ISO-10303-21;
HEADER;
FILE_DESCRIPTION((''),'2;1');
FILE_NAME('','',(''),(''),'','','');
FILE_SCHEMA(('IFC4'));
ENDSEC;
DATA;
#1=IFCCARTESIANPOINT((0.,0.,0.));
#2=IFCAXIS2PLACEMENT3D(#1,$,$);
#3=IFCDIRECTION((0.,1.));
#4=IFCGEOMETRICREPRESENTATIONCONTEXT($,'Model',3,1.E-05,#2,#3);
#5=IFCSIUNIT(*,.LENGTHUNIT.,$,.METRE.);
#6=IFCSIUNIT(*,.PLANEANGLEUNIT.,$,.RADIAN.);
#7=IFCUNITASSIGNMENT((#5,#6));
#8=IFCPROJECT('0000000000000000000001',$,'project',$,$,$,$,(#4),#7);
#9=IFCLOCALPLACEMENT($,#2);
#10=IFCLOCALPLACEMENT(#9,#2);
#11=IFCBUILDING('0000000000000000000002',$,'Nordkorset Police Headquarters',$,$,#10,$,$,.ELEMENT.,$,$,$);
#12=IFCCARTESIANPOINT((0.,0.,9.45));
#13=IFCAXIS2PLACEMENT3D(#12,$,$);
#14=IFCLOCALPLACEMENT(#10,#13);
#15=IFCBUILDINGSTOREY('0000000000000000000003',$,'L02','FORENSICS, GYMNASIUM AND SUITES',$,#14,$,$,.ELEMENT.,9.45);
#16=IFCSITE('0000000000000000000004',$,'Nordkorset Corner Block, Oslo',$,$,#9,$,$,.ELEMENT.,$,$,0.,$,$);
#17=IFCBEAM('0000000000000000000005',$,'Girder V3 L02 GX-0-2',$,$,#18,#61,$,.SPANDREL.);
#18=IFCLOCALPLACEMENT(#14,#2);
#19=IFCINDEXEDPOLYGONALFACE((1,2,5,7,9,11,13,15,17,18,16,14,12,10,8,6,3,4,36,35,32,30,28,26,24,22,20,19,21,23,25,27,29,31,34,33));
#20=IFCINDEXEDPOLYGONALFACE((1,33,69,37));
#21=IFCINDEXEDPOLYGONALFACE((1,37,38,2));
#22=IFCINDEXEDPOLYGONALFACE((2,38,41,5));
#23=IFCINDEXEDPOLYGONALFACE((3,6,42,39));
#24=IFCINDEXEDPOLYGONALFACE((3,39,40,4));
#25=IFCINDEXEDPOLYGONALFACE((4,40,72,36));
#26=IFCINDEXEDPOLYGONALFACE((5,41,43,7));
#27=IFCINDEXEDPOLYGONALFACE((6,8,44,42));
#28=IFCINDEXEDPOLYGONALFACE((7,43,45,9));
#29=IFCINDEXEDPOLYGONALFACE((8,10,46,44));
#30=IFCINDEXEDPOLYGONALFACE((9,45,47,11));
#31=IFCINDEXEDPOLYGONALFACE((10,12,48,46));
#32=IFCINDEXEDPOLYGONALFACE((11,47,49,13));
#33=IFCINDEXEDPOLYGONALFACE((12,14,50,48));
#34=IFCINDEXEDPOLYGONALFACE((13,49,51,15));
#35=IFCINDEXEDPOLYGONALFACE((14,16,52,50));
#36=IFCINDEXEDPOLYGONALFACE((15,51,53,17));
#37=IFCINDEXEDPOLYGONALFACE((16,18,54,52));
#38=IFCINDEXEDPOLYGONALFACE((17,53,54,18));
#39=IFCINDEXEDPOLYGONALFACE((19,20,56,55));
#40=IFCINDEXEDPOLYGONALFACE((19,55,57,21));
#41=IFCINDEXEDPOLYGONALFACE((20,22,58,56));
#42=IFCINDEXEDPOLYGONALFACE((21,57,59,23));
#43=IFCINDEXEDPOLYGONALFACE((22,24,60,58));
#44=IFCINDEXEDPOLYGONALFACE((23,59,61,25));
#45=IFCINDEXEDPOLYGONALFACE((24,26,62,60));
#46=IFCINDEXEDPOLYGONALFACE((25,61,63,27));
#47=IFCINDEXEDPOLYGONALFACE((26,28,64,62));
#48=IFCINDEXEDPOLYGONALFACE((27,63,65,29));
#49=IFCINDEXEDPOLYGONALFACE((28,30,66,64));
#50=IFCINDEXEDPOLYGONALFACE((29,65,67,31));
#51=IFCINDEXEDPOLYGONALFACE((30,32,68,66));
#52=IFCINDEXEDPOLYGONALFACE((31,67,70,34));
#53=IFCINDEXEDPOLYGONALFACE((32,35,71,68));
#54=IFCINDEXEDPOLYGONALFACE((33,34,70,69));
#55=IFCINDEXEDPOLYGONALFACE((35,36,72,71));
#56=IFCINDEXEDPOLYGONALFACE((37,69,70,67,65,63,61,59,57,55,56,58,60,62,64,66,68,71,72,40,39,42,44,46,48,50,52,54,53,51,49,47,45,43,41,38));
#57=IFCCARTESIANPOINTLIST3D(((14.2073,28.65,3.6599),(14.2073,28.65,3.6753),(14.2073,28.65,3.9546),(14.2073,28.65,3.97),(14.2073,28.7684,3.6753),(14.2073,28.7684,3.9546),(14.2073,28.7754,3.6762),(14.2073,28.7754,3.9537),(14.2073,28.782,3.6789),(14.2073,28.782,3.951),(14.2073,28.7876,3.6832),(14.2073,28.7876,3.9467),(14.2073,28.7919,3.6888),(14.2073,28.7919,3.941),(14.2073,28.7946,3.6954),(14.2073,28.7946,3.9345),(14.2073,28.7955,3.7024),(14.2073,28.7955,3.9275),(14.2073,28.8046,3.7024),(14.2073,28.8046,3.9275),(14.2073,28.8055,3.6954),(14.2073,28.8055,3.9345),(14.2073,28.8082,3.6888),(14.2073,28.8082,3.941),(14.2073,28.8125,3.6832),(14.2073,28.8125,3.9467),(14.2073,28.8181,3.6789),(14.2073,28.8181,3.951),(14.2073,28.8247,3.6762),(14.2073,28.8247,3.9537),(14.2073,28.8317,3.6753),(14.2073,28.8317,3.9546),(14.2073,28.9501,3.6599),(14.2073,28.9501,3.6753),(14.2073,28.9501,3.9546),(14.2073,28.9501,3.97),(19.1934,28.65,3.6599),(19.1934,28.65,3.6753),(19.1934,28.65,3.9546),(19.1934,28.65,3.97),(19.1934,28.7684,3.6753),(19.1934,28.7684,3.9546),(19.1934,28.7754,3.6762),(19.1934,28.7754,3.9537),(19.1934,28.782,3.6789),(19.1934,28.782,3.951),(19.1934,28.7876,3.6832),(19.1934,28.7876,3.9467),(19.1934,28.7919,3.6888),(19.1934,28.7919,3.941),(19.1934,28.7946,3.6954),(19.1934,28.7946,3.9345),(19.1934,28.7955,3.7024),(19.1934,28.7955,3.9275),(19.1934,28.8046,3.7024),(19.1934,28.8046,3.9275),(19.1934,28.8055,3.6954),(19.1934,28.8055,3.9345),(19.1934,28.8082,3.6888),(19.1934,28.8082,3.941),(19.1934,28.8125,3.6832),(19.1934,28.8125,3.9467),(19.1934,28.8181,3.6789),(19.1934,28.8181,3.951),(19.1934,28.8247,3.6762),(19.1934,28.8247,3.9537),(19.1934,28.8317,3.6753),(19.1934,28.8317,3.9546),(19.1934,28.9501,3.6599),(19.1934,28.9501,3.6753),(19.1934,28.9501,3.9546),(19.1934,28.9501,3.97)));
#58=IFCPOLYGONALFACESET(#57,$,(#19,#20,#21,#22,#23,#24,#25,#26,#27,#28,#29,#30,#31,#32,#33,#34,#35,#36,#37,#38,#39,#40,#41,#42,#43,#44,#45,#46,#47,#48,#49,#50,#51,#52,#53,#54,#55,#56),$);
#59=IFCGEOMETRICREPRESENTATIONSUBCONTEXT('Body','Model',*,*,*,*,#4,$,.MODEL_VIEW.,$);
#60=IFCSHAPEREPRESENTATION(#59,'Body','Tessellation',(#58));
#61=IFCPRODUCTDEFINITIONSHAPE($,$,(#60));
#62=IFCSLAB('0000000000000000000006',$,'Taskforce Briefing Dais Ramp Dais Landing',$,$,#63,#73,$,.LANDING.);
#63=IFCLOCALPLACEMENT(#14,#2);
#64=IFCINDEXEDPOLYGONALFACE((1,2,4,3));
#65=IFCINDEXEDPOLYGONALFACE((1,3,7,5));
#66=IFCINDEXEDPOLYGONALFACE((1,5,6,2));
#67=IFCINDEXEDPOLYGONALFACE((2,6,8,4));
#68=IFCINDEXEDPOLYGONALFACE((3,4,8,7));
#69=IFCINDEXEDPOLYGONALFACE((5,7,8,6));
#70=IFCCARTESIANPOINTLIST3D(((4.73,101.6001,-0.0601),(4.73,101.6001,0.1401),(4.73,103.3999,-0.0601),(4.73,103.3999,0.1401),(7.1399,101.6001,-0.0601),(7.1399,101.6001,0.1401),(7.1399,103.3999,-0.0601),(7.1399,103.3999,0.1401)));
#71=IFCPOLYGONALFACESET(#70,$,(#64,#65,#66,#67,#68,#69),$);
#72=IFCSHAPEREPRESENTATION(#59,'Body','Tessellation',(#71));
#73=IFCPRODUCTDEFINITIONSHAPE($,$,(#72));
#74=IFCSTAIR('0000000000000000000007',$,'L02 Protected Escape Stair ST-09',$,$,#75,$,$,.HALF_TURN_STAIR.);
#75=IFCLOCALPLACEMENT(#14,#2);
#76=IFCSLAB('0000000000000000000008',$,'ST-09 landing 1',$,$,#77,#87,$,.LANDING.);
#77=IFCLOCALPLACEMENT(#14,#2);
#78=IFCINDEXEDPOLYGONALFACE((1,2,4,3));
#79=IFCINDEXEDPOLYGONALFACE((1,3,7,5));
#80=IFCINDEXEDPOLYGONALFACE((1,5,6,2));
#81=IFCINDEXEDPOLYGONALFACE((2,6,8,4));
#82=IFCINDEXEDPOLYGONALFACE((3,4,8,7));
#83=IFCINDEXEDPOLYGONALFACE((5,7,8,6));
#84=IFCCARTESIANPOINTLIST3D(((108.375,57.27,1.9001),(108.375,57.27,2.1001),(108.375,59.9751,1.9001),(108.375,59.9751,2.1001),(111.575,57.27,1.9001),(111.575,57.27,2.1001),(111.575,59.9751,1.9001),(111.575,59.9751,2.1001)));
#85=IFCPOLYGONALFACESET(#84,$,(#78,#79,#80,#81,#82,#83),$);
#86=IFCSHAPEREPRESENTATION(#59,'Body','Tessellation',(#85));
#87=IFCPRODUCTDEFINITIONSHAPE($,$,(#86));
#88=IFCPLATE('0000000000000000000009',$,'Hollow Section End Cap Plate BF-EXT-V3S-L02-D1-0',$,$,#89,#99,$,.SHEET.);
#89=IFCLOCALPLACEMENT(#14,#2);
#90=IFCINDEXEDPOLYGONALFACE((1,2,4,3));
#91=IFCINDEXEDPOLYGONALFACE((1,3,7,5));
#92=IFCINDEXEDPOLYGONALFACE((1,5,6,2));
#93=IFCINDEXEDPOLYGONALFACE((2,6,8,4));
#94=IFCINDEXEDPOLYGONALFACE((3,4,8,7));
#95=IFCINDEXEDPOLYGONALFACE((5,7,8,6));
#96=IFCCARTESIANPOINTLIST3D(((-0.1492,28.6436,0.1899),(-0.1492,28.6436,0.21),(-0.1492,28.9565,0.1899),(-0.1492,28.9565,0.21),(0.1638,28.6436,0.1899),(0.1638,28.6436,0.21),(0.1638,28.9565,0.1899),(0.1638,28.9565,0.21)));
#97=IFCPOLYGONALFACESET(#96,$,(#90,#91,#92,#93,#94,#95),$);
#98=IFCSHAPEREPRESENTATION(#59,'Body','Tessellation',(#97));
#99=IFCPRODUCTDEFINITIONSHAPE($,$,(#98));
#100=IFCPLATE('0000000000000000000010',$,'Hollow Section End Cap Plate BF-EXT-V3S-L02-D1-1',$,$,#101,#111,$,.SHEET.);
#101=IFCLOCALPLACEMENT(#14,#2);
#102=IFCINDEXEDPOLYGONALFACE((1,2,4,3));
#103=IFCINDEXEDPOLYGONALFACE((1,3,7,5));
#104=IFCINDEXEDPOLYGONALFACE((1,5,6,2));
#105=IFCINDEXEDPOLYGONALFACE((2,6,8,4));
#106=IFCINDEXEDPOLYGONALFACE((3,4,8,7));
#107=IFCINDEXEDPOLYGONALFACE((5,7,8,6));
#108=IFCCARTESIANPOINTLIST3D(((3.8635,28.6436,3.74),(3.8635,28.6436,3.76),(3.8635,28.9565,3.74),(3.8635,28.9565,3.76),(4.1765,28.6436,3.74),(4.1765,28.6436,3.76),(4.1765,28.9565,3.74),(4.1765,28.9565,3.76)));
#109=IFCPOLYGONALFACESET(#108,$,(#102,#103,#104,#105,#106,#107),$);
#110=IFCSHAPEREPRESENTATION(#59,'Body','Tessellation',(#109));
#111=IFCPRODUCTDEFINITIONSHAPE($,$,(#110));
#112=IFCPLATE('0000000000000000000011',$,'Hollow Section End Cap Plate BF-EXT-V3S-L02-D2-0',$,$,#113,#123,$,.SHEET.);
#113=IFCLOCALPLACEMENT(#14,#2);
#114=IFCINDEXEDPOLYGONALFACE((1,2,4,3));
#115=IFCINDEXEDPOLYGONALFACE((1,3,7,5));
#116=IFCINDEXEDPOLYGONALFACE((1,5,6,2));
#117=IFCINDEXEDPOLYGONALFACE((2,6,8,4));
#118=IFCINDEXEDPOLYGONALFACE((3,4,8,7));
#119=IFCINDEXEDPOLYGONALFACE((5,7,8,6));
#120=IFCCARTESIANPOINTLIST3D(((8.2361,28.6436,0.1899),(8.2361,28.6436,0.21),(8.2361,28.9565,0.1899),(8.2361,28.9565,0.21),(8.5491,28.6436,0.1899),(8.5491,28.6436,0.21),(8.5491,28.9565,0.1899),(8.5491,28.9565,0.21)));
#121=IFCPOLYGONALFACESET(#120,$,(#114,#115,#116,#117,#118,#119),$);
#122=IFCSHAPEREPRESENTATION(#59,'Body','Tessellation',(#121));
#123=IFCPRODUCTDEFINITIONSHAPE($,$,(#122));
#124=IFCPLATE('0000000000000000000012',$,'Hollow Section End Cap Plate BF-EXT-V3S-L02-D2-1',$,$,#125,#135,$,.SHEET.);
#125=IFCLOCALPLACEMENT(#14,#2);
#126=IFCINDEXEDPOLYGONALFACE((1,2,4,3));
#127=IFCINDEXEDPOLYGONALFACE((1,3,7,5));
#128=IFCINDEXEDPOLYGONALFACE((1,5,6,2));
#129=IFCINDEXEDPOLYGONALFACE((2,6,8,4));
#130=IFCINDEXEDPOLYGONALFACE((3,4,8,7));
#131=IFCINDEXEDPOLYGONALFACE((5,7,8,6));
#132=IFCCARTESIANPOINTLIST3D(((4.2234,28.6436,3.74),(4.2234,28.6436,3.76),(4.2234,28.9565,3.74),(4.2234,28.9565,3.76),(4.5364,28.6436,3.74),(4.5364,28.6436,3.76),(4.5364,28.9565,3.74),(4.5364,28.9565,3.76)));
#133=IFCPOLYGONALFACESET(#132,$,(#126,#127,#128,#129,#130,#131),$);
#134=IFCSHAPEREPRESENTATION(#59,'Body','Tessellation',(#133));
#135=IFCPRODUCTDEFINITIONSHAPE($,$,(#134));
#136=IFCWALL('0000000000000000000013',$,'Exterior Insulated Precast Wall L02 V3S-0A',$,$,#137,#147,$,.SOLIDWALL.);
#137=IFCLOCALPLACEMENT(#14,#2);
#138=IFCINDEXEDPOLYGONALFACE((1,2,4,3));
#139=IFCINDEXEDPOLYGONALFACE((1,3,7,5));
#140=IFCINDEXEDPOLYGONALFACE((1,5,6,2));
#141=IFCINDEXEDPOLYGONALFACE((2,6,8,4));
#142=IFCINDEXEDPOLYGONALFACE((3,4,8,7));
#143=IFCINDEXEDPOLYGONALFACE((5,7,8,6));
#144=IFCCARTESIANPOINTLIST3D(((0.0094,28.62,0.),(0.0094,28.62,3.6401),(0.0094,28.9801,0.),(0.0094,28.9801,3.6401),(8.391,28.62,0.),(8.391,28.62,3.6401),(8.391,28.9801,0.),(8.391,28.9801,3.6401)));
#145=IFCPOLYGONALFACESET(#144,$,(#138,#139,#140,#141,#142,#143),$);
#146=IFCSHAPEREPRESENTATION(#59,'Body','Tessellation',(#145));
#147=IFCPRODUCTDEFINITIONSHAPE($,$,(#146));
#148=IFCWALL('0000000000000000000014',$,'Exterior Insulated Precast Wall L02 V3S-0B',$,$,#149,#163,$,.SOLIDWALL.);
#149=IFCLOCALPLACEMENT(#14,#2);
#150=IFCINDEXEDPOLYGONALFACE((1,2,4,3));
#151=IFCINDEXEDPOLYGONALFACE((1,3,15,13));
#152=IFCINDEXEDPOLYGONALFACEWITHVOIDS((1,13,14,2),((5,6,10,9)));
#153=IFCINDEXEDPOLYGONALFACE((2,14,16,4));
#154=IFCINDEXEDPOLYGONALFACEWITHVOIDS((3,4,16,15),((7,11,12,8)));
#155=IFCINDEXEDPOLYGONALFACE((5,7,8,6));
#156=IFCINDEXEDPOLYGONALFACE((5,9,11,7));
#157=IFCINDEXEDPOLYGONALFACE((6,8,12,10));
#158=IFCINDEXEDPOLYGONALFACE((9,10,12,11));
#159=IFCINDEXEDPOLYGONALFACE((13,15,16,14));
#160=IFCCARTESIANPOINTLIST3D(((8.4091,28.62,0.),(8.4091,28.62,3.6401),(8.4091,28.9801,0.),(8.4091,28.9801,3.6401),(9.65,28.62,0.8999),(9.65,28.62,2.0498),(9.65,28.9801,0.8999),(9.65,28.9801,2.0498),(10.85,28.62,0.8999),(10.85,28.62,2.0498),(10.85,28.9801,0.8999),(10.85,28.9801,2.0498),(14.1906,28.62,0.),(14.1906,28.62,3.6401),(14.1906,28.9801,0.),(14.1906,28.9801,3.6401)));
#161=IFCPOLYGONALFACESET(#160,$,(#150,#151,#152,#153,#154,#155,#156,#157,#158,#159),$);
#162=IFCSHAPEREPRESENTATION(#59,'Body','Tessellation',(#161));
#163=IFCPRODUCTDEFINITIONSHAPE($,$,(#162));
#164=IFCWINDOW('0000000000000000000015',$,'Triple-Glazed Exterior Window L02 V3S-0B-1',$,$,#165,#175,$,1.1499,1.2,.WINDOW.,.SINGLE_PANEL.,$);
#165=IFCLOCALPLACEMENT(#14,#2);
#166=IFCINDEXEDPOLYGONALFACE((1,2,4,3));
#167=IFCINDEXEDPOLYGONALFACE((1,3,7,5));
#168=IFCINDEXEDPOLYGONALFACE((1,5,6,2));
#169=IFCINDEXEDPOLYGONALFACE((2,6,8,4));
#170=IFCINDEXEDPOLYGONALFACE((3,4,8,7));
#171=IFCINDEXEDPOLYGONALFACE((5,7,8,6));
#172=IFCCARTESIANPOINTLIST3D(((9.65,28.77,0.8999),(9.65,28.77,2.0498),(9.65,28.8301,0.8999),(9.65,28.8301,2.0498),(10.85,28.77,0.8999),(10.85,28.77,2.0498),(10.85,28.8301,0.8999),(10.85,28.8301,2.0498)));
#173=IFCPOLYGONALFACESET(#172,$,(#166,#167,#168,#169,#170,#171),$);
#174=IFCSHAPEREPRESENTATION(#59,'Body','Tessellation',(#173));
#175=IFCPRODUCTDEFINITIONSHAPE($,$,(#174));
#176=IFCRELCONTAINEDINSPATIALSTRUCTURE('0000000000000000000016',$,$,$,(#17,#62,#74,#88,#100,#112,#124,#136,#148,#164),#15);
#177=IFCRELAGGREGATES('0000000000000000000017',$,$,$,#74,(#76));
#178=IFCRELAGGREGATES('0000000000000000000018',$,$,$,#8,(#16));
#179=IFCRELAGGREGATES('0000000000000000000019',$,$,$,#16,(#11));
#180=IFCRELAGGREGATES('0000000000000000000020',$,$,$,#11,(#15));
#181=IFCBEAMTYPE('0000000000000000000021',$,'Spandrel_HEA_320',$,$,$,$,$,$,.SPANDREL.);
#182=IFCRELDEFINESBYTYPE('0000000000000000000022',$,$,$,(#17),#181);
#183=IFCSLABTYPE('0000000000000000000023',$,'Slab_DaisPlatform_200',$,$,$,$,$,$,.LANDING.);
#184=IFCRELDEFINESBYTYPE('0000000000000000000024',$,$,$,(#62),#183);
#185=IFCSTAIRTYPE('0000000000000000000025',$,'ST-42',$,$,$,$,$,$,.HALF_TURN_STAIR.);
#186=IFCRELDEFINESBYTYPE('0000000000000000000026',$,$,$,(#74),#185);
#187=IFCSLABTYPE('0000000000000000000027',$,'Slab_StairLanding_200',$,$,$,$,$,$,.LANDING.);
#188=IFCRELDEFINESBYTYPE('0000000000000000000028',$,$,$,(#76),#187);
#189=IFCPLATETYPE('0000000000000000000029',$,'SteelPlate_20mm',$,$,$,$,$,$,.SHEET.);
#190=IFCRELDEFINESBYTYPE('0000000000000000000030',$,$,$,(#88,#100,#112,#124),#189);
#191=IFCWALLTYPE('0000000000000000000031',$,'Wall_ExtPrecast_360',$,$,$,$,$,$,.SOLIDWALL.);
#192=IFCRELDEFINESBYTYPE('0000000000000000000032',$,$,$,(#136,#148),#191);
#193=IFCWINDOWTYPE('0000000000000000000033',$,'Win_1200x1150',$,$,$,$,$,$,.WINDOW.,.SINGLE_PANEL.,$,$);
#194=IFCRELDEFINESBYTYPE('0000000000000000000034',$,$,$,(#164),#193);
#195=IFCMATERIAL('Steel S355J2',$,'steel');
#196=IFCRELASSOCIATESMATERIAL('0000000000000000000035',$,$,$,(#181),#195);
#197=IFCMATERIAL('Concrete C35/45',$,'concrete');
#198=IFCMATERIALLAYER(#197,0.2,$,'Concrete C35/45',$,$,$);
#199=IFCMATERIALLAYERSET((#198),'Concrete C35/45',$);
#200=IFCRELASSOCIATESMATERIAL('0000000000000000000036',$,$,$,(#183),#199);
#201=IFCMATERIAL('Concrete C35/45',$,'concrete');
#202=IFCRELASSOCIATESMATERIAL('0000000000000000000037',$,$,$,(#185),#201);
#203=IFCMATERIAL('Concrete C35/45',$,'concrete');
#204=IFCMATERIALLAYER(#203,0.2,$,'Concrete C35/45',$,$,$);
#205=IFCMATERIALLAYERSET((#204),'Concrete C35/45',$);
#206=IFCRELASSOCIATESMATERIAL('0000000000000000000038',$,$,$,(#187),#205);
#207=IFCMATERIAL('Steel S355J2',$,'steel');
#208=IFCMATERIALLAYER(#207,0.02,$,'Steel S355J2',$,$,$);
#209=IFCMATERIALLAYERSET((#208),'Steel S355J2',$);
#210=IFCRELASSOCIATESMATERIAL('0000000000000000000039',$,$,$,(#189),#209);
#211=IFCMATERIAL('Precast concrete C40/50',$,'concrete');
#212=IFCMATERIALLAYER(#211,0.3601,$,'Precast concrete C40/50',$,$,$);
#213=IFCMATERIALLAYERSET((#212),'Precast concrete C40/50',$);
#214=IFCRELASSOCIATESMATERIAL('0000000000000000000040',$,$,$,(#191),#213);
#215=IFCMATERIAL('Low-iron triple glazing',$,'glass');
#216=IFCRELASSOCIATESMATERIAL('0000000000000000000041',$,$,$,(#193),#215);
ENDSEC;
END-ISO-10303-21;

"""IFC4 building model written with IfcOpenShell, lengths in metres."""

from ifc_helpers import new_model, si_unit, direction, frame, frame_2d, origin, origin_2d, place, context, subcontext, project, spatial, polyline, rectangle, i_section, outline, extrude, material, layer, layer_set, material_profile, profile_set, type_object, element, fill, aggregate, save


model = new_model("IFC4")

# Units and contexts
model_context = context("Model", 3, precision=1e-05, world=origin(), true_north=direction((0.0, 1.0)))
body_context = subcontext(model_context, "Body", "Model", "MODEL_VIEW")
ifc_project = project(units=[si_unit("LENGTHUNIT", "METRE"), si_unit("PLANEANGLEUNIT", "RADIAN")], contexts=[model_context])

# Site, building, storey
site_placement = place(None, origin())
site = spatial("IfcSite", under=ifc_project, at=site_placement, Name="Nordkorset Corner Block, Oslo", CompositionType="ELEMENT", RefElevation=0.0)
building_placement = place(site_placement, origin())
building = spatial("IfcBuilding", under=site, at=building_placement, Name="Nordkorset Police Headquarters", CompositionType="ELEMENT")
storey_placement = place(building_placement, frame((0.0, 0.0, 9.45)))
storey = spatial("IfcBuildingStorey", under=building, at=storey_placement, Name="L02", Description="FORENSICS, GYMNASIUM AND SUITES", CompositionType="ELEMENT", Elevation=9.45)

# Beam
ifc_material_1 = material(Name="Steel S355J2", Category="steel")
ifc_material_profile_1 = material_profile(ifc_material_1, i_section(OverallWidth=0.3, OverallDepth=0.3101, WebThickness=0.009, FlangeThickness=0.0154, FilletRadius=0.0271, at=origin_2d()), Name="HEA 320")
ifc_profile_set_1 = profile_set([ifc_material_profile_1], Name="Steel S355J2")
beam_type_1 = type_object("IfcBeamType", Name="Spandrel_HEA_320", PredefinedType="SPANDREL", material=ifc_profile_set_1)
beam_1_placement = place(storey_placement, frame((14.2073, 28.8, 3.8149), z_axis=(1.0, 0.0, 0.0), x_axis=(0.0, 1.0, 0.0)))
element("IfcBeam", 1, at=beam_1_placement, inside=storey, type_object=beam_type_1, Name="Girder V3 L02 GX-0-2", PredefinedType="SPANDREL", context=body_context, shape_type="SweptSolid", body=[
    extrude(i_section(OverallWidth=0.3, OverallDepth=0.3101, WebThickness=0.009, FlangeThickness=0.0154, FilletRadius=0.0271, at=origin_2d()), origin(), (0.0, 0.0, 1.0), 4.9861),
])

# Slab
ifc_material_2 = material(Name="Concrete C35/45", Category="concrete")
ifc_layer_1 = layer(ifc_material_2, 0.2, Name="Concrete C35/45")
ifc_layer_set_1 = layer_set([ifc_layer_1], Name="Concrete C35/45")
slab_type_1 = type_object("IfcSlabType", Name="Slab_DaisPlatform_200", PredefinedType="LANDING", material=ifc_layer_set_1)
slab_1_placement = place(storey_placement, frame((0.0, 0.0, -0.0601)))
element("IfcSlab", 2, at=slab_1_placement, inside=storey, type_object=slab_type_1, Name="Taskforce Briefing Dais Ramp Dais Landing", PredefinedType="LANDING", context=body_context, shape_type="SweptSolid", body=[
    extrude(outline(polyline([(4.73, 101.6001), (7.1399, 101.6001), (7.1399, 103.3999), (4.73, 103.3999), (4.73, 101.6001)])), origin(), (0.0, 0.0, 1.0), 0.2002),
])

# Stair, slab
ifc_material_3 = material(Name="Concrete C35/45", Category="concrete")
stair_type = type_object("IfcStairType", Name="ST-42", PredefinedType="HALF_TURN_STAIR", material=ifc_material_3)
stair_placement = place(storey_placement, origin())
stair = element("IfcStair", 3, at=stair_placement, inside=storey, type_object=stair_type, Name="L02 Protected Escape Stair ST-09", PredefinedType="HALF_TURN_STAIR")
ifc_material_4 = material(Name="Concrete C35/45", Category="concrete")
ifc_layer_2 = layer(ifc_material_4, 0.2, Name="Concrete C35/45")
ifc_layer_set_2 = layer_set([ifc_layer_2], Name="Concrete C35/45")
slab_type_2 = type_object("IfcSlabType", Name="Slab_StairLanding_200", PredefinedType="LANDING", material=ifc_layer_set_2)
slab_2_placement = place(storey_placement, frame((0.0, 0.0, 1.9001)))
slab_2 = element("IfcSlab", 4, at=slab_2_placement, type_object=slab_type_2, Name="ST-09 landing 1", PredefinedType="LANDING", context=body_context, shape_type="SweptSolid", body=[
    extrude(outline(polyline([(111.575, 57.27), (111.575, 59.9751), (108.375, 59.9751), (108.375, 57.27), (111.575, 57.27)])), origin(), (0.0, 0.0, 1.0), 0.2),
])
aggregate(stair, [slab_2])

# Plates
ifc_material_5 = material(Name="Steel S355J2", Category="steel")
ifc_layer_3 = layer(ifc_material_5, 0.02, Name="Steel S355J2")
ifc_layer_set_3 = layer_set([ifc_layer_3], Name="Steel S355J2")
plate_type = type_object("IfcPlateType", Name="SteelPlate_20mm", PredefinedType="SHEET", material=ifc_layer_set_3)
for number, where, z_axis, x_axis, name in (
    (5, (0.0073, 28.8, 0.1899), (0.0, 0.0, 1.0), (1.0, 0.0, 0.0), "Hollow Section End Cap Plate BF-EXT-V3S-L02-D1-0"),
    (6, (4.02, 28.8, 3.74), (0.0, 0.0, 1.0), (1.0, 0.0, 0.0), "Hollow Section End Cap Plate BF-EXT-V3S-L02-D1-1"),
    (7, (8.3926, 28.8, 0.1899), (0.0, 0.0, 1.0), (1.0, 0.0, 0.0), "Hollow Section End Cap Plate BF-EXT-V3S-L02-D2-0"),
    (8, (4.3799, 28.8, 3.74), (0.0, 0.0, 1.0), (1.0, 0.0, 0.0), "Hollow Section End Cap Plate BF-EXT-V3S-L02-D2-1"),
):
    element("IfcPlate", number, at=place(storey_placement, frame(where, z_axis=z_axis, x_axis=x_axis)), inside=storey, type_object=plate_type, Name=name, PredefinedType="SHEET", context=body_context, shape_type="SweptSolid", body=[
        extrude(rectangle(XDim=0.313, YDim=0.313, at=origin_2d()), origin(), (0.0, 0.0, 1.0), 0.02),
    ])

# Wall
ifc_material_6 = material(Name="Precast concrete C40/50", Category="concrete")
ifc_layer_4 = layer(ifc_material_6, 0.3601, Name="Precast concrete C40/50")
ifc_layer_set_4 = layer_set([ifc_layer_4], Name="Precast concrete C40/50")
wall_type_1 = type_object("IfcWallType", Name="Wall_ExtPrecast_360", PredefinedType="SOLIDWALL", material=ifc_layer_set_4)
wall_1_placement = place(storey_placement, frame((0.0093, 28.8, 0.0), z_axis=(0.0, 0.0, 1.0), x_axis=(1.0, 0.0, 0.0)))
element("IfcWall", 9, at=wall_1_placement, inside=storey, type_object=wall_type_1, Name="Exterior Insulated Precast Wall L02 V3S-0A", PredefinedType="SOLIDWALL", context=body_context, shape_type="SweptSolid", body=[
    extrude(rectangle(XDim=8.3816, YDim=0.3601, at=frame_2d((4.1909, 0.0))), origin(), (0.0, 0.0, 1.0), 3.6401),
])

# Wall, opening, window
wall_2_placement = place(storey_placement, frame((8.4092, 28.8, 0.0), z_axis=(0.0, 0.0, 1.0), x_axis=(1.0, 0.0, 0.0)))
wall_2 = element("IfcWall", 10, at=wall_2_placement, inside=storey, type_object=wall_type_1, Name="Exterior Insulated Precast Wall L02 V3S-0B", PredefinedType="SOLIDWALL", context=body_context, shape_type="SweptSolid", body=[
    extrude(rectangle(XDim=5.7815, YDim=0.3601, at=frame_2d((2.8906, 0.0))), origin(), (0.0, 0.0, 1.0), 3.6401),
])
opening_1_placement = place(wall_2_placement, frame((1.2407, 0.0, 0.8999)))
opening_1 = element("IfcOpeningElement", 11, at=opening_1_placement, cuts=wall_2, PredefinedType="OPENING", context=body_context, shape_type="SweptSolid", body=[
    extrude(rectangle(XDim=1.2, YDim=1.1499, at=frame_2d((0.6001, 0.575))), frame((0.0, 0.1899, 0.0), z_axis=(0.0, -1.0, 0.0), x_axis=(1.0, 0.0, 0.0)), (0.0, 0.0, 1.0), 0.3801),
])
ifc_material_7 = material(Name="Low-iron triple glazing", Category="glass")
window_type_1 = type_object("IfcWindowType", Name="Win_1200x1150", PartitioningType="SINGLE_PANEL", PredefinedType="WINDOW", material=ifc_material_7)
window_1_placement = place(opening_1_placement, origin())
window_1 = element("IfcWindow", 12, at=window_1_placement, inside=storey, type_object=window_type_1, Name="Triple-Glazed Exterior Window L02 V3S-0B-1", OverallHeight=1.1499, OverallWidth=1.2, PartitioningType="SINGLE_PANEL", PredefinedType="WINDOW", context=body_context, shape_type="SweptSolid", body=[
    extrude(rectangle(XDim=1.2, YDim=1.1499, at=frame_2d((0.6001, 0.575))), frame((0.0, 0.03, 0.0), z_axis=(0.0, -1.0, 0.0), x_axis=(1.0, 0.0, 0.0)), (0.0, 0.0, 1.0), 0.0601),
])
fill(opening_1, window_1)

save(model, "model.ifc")
